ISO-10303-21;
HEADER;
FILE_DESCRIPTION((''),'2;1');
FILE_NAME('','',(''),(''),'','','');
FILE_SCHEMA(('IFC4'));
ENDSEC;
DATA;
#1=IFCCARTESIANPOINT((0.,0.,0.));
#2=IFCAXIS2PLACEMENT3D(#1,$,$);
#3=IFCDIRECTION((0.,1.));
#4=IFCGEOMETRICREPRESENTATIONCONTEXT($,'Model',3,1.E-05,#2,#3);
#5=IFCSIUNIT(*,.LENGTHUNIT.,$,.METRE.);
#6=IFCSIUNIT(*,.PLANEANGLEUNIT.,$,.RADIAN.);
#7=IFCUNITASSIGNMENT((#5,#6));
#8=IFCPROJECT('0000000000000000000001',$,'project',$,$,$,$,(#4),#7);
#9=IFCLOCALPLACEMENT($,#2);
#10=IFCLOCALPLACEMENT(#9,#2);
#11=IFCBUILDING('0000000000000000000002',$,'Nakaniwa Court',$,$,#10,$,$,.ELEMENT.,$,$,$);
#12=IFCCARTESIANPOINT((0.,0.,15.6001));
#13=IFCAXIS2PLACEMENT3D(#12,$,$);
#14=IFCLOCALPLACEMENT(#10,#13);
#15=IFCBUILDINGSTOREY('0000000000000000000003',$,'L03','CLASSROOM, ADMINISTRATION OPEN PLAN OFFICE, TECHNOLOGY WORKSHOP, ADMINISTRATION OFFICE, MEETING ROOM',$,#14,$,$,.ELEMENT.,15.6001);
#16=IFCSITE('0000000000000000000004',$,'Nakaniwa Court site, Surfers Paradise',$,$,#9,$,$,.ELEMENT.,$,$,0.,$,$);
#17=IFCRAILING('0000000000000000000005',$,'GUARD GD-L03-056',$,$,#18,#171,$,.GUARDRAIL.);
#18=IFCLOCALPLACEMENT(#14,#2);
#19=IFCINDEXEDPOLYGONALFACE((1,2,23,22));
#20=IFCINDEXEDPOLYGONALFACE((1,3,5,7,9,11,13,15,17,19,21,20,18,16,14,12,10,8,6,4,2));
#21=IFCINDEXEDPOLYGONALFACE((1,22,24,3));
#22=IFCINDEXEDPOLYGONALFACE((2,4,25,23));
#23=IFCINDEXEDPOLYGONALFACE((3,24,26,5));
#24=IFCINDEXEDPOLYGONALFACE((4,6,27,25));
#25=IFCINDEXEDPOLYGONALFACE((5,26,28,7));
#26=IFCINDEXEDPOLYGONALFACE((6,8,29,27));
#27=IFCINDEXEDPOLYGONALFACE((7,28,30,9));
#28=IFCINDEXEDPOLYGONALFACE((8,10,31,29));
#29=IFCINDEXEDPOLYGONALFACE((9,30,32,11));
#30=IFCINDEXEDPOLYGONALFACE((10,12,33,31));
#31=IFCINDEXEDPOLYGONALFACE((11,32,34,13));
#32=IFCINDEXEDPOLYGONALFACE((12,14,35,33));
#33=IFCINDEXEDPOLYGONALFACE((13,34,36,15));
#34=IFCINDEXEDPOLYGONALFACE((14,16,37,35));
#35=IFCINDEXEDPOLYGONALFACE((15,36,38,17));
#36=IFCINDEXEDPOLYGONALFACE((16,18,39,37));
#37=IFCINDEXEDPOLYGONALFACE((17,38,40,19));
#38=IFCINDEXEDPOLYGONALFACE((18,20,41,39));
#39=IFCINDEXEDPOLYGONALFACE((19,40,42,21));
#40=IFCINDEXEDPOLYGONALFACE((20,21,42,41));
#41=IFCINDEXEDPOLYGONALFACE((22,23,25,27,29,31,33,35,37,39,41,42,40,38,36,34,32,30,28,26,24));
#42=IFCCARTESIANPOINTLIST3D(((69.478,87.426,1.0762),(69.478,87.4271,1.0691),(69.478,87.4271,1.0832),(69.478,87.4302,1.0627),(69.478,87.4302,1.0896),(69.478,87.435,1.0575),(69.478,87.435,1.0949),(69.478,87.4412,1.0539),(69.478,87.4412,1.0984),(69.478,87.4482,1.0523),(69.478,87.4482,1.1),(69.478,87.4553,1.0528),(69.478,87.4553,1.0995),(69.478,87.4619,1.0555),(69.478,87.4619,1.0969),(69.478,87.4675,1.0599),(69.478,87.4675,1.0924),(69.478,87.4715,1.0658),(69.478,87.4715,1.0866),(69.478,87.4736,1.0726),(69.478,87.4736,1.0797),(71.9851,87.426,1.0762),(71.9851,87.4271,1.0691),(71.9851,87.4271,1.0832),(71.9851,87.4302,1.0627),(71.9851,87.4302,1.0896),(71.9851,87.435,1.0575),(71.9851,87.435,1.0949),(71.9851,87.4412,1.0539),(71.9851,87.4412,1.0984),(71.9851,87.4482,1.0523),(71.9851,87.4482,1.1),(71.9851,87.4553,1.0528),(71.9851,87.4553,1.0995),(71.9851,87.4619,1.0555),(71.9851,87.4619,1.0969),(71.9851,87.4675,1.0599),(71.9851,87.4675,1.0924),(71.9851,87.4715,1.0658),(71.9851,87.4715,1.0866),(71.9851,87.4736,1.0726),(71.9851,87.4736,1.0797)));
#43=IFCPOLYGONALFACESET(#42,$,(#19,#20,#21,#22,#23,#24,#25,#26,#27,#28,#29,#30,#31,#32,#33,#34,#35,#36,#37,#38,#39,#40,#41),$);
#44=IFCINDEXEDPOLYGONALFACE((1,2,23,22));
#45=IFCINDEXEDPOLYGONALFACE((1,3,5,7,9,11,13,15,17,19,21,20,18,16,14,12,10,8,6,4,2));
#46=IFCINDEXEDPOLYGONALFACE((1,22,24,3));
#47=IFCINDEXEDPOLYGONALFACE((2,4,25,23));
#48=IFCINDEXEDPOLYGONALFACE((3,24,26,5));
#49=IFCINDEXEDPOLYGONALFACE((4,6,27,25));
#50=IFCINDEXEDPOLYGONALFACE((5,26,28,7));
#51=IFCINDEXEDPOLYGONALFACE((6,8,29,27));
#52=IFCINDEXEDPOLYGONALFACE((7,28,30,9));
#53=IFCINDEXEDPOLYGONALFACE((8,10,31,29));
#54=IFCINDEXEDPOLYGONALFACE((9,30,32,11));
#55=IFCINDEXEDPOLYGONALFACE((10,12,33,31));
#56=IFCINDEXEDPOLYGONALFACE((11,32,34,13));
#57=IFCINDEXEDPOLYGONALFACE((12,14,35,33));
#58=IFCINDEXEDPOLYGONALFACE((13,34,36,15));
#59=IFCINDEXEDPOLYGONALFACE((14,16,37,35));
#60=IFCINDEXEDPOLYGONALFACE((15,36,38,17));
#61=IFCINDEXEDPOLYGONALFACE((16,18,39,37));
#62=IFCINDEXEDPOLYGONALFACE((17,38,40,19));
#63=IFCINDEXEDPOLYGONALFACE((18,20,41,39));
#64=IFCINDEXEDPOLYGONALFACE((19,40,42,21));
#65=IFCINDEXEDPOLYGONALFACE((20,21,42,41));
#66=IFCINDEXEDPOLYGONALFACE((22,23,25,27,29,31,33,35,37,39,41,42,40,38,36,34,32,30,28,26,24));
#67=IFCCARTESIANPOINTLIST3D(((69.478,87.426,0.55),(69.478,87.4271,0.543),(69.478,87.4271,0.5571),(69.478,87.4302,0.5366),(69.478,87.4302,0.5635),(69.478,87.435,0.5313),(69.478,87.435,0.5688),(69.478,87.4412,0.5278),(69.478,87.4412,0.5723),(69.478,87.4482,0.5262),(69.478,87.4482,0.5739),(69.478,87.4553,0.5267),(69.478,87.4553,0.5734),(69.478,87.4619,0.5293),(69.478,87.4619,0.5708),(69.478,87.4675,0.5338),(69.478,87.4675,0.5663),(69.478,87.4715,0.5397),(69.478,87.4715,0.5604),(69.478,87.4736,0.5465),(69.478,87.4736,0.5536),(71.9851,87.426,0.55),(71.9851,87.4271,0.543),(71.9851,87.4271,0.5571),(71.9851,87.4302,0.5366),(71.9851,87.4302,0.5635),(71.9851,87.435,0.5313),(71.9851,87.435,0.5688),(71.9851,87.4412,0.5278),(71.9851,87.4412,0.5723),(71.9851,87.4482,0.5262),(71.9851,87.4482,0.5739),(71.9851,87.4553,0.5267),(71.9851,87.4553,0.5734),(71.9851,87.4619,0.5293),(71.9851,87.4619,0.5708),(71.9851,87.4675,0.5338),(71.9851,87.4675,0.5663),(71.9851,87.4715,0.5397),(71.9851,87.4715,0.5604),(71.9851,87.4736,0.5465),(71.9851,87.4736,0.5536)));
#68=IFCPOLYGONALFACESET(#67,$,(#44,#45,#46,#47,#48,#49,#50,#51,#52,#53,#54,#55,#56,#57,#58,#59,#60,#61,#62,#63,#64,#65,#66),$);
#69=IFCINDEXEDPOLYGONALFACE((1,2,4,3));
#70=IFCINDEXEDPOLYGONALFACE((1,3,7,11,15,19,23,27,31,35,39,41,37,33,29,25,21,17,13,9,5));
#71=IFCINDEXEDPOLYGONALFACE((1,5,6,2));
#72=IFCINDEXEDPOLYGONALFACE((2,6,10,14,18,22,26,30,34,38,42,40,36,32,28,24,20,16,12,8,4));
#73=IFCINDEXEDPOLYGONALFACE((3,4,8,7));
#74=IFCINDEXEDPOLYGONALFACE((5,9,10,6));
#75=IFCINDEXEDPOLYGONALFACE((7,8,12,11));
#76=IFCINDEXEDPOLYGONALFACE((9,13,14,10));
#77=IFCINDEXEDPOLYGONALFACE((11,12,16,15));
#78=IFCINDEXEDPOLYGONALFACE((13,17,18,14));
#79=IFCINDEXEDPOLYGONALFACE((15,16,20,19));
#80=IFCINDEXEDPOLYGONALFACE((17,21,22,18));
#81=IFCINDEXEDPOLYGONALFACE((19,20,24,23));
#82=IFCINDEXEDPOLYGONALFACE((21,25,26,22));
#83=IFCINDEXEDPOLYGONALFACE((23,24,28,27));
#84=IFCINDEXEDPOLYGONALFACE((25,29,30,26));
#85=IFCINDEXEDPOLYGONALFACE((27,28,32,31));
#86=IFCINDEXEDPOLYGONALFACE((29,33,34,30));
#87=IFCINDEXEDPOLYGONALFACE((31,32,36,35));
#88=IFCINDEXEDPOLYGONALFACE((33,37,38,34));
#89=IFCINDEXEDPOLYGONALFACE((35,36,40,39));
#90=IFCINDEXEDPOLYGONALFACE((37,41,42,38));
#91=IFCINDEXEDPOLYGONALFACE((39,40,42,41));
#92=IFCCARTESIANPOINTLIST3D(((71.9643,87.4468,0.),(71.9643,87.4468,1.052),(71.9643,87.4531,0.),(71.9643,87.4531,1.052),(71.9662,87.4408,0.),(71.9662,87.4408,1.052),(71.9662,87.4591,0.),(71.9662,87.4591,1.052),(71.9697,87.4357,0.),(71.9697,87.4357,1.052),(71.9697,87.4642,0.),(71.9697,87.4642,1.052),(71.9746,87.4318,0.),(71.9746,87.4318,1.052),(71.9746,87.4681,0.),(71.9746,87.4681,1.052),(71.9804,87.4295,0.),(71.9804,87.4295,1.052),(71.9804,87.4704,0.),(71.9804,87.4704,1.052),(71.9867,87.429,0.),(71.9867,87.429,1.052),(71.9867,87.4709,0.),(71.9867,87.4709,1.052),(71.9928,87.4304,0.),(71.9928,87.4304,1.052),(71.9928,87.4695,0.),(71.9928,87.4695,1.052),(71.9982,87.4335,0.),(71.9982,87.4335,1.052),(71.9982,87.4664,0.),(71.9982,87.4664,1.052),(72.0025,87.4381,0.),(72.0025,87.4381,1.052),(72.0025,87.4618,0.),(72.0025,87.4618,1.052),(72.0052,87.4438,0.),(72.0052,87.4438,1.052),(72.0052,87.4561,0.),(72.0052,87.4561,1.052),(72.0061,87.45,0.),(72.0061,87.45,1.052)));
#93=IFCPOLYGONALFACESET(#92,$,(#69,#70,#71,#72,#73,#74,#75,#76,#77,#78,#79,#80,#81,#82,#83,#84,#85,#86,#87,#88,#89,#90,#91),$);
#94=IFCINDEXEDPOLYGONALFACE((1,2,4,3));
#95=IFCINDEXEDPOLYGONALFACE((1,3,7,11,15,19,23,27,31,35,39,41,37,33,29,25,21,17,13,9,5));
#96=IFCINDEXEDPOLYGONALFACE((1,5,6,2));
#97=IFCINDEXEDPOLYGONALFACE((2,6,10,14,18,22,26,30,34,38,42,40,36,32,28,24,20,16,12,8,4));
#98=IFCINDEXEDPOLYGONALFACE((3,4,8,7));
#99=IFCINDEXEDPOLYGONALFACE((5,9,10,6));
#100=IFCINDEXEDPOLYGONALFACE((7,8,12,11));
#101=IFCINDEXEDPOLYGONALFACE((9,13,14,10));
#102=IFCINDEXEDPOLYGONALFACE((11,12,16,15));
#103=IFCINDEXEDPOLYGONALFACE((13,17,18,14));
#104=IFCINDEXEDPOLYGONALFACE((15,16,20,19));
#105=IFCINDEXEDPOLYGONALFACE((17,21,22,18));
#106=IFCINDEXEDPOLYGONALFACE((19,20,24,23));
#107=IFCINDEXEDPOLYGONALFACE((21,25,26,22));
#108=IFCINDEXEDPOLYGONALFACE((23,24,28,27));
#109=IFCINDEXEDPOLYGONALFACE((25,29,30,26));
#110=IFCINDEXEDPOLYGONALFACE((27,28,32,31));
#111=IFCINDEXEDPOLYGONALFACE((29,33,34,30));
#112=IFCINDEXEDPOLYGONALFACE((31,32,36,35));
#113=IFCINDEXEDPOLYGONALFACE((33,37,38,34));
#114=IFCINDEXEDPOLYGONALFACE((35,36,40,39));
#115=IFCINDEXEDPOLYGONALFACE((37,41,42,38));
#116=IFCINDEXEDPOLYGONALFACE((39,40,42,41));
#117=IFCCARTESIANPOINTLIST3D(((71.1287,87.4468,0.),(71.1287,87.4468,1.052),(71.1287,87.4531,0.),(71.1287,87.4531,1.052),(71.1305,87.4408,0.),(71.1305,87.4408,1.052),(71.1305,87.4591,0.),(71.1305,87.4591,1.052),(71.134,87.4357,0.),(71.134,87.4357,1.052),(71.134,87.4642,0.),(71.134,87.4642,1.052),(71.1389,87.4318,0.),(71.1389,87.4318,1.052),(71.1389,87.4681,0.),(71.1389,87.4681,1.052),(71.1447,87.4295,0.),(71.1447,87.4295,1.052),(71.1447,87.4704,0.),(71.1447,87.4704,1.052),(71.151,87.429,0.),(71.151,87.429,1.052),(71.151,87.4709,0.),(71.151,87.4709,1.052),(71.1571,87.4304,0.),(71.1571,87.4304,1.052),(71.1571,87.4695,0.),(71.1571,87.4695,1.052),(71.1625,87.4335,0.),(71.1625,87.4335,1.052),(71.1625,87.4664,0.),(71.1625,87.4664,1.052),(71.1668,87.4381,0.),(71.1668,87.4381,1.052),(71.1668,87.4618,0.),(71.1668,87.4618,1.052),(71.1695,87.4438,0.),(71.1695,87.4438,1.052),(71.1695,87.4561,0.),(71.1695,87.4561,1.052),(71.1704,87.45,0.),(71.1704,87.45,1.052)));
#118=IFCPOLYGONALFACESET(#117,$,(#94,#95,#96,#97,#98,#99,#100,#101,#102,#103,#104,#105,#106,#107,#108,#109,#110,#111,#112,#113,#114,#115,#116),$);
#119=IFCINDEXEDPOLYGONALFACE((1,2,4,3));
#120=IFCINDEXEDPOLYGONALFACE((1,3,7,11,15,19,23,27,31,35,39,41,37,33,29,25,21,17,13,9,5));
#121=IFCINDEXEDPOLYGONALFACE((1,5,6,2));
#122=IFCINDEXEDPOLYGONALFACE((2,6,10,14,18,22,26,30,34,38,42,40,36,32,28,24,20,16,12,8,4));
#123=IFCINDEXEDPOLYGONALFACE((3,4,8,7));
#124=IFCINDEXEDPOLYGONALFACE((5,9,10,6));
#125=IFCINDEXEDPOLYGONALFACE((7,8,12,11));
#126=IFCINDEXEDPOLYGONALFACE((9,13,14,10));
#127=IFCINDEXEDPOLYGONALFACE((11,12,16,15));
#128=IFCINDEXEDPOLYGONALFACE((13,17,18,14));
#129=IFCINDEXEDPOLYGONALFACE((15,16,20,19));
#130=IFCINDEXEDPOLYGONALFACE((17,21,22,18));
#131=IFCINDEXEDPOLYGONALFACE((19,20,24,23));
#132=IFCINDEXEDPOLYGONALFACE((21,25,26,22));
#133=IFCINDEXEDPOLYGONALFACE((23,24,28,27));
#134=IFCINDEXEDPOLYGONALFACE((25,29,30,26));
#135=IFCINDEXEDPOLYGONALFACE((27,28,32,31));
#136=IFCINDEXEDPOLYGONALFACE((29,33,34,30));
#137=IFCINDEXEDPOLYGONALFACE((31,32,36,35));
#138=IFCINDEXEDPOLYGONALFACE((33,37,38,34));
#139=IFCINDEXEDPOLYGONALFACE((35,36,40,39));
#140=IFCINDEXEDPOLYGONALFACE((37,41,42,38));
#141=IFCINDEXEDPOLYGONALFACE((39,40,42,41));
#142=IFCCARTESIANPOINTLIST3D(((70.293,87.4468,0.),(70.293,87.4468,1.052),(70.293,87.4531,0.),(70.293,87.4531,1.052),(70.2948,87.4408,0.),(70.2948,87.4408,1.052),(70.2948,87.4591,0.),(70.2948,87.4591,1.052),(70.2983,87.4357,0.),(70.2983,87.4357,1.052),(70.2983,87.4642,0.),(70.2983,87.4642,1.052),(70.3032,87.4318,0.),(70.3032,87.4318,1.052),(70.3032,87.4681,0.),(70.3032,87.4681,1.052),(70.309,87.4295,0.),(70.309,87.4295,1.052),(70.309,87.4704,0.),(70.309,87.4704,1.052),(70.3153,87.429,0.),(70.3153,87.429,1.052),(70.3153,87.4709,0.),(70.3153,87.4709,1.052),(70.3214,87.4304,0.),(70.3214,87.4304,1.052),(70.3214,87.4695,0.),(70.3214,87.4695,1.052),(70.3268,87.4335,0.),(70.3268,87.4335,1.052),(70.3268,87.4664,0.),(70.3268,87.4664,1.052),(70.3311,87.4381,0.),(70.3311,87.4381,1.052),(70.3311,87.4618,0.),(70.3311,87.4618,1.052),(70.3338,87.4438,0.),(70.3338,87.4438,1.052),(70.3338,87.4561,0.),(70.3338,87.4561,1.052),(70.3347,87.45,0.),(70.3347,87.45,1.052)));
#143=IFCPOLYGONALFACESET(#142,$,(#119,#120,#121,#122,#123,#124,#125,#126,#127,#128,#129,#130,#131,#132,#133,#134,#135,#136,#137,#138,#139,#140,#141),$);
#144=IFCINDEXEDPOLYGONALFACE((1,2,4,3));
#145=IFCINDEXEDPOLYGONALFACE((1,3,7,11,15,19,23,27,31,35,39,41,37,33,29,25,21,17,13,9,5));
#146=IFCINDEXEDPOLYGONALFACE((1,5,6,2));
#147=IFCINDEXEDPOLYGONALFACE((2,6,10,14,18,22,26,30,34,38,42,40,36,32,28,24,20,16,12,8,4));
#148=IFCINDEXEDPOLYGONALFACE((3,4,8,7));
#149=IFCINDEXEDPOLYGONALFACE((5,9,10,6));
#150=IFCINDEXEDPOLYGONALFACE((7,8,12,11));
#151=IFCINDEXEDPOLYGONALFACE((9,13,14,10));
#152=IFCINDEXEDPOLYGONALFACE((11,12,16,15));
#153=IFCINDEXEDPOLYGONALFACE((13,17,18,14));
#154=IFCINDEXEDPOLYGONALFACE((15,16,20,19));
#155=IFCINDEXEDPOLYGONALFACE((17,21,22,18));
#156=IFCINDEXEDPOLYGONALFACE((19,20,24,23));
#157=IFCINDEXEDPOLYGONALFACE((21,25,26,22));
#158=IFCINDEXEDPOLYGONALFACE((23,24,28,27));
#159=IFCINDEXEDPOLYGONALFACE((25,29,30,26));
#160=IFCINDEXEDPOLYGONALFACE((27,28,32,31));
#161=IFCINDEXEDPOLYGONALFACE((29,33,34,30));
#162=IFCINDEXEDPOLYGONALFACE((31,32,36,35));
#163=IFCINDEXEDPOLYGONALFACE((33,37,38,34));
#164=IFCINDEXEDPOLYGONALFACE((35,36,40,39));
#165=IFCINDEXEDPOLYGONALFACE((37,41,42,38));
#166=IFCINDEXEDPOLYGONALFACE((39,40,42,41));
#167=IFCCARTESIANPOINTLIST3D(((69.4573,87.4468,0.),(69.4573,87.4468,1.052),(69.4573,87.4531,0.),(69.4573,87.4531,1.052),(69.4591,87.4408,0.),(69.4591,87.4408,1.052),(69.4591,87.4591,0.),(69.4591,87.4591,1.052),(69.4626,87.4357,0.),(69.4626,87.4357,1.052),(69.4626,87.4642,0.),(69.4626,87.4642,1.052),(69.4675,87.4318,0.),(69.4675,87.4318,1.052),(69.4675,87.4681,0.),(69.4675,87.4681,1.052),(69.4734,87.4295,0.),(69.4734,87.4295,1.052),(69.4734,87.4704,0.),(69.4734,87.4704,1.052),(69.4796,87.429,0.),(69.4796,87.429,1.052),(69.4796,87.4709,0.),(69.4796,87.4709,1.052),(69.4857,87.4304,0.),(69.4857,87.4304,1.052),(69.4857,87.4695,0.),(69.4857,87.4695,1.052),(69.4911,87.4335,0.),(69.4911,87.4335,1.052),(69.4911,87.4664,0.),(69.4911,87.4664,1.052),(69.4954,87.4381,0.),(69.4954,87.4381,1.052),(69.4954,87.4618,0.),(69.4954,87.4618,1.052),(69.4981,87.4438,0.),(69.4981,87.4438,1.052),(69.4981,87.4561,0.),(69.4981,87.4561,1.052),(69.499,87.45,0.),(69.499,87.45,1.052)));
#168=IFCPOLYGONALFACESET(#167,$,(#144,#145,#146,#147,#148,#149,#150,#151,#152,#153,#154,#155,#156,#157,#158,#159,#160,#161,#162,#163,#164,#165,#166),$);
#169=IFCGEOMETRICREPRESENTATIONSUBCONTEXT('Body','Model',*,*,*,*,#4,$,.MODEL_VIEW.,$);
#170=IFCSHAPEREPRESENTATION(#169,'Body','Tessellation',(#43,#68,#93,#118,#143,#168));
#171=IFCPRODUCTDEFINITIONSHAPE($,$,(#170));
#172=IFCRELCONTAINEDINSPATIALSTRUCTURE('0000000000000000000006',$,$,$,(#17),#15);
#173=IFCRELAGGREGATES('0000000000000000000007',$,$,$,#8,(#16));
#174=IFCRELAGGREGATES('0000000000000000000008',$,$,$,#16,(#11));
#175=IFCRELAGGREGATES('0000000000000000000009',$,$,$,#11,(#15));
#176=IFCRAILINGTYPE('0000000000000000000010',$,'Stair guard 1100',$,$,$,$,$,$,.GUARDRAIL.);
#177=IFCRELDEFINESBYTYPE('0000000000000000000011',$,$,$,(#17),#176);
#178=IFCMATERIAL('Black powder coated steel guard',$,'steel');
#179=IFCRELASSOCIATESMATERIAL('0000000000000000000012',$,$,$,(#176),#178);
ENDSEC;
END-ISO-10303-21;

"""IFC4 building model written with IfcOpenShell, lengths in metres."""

from ifc_helpers import new_model, si_unit, direction, frame, origin, origin_2d, place, context, subcontext, project, spatial, circle, extrude, material, type_object, element, save


model = new_model("IFC4")

# Units and contexts
model_context = context("Model", 3, precision=1e-05, world=origin(), true_north=direction((0.0, 1.0)))
body_context = subcontext(model_context, "Body", "Model", "MODEL_VIEW")
ifc_project = project(units=[si_unit("LENGTHUNIT", "METRE"), si_unit("PLANEANGLEUNIT", "RADIAN")], contexts=[model_context])

# Site, building, storey
site_placement = place(None, origin())
site = spatial("IfcSite", under=ifc_project, at=site_placement, Name="Nakaniwa Court site, Surfers Paradise", CompositionType="ELEMENT", RefElevation=0.0)
building_placement = place(site_placement, origin())
building = spatial("IfcBuilding", under=site, at=building_placement, Name="Nakaniwa Court", CompositionType="ELEMENT")
storey_placement = place(building_placement, frame((0.0, 0.0, 15.6001)))
storey = spatial("IfcBuildingStorey", under=building, at=storey_placement, Name="L03", Description="CLASSROOM, ADMINISTRATION OPEN PLAN OFFICE, TECHNOLOGY WORKSHOP, ADMINISTRATION OFFICE, MEETING ROOM", CompositionType="ELEMENT", Elevation=15.6001)

# Railing
ifc_material_1 = material(Name="Black powder coated steel guard", Category="steel")
railing_type = type_object("IfcRailingType", Name="Stair guard 1100", PredefinedType="GUARDRAIL", material=ifc_material_1)
railing_1_placement = place(storey_placement, frame((71.9851, 87.45, 0.0)))
element("IfcRailing", 1, at=railing_1_placement, inside=storey, type_object=railing_type, Name="GUARD GD-L03-056", PredefinedType="GUARDRAIL", context=body_context, shape_type="SweptSolid", body=[
    extrude(circle(Radius=0.0239, at=origin_2d()), frame((0.0, 0.0, 1.0762), z_axis=(-1.0, 0.0, 0.0), x_axis=(0.0, -1.0, 0.0)), (0.0, 0.0, 1.0), 2.5071),
    extrude(circle(Radius=0.0239, at=origin_2d()), frame((0.0, 0.0, 0.55), z_axis=(-1.0, 0.0, 0.0), x_axis=(0.0, -1.0, 0.0)), (0.0, 0.0, 1.0), 2.5071),
    extrude(circle(Radius=0.021, at=origin_2d()), origin(), (0.0, 0.0, 1.0), 1.052),
    extrude(circle(Radius=0.021, at=origin_2d()), frame((-0.8357, 0.0, 0.0)), (0.0, 0.0, 1.0), 1.052),
    extrude(circle(Radius=0.021, at=origin_2d()), frame((-1.6714, 0.0, 0.0)), (0.0, 0.0, 1.0), 1.052),
    extrude(circle(Radius=0.021, at=origin_2d()), frame((-2.5071, 0.0, 0.0)), (0.0, 0.0, 1.0), 1.052),
])

save(model, "model.ifc")
